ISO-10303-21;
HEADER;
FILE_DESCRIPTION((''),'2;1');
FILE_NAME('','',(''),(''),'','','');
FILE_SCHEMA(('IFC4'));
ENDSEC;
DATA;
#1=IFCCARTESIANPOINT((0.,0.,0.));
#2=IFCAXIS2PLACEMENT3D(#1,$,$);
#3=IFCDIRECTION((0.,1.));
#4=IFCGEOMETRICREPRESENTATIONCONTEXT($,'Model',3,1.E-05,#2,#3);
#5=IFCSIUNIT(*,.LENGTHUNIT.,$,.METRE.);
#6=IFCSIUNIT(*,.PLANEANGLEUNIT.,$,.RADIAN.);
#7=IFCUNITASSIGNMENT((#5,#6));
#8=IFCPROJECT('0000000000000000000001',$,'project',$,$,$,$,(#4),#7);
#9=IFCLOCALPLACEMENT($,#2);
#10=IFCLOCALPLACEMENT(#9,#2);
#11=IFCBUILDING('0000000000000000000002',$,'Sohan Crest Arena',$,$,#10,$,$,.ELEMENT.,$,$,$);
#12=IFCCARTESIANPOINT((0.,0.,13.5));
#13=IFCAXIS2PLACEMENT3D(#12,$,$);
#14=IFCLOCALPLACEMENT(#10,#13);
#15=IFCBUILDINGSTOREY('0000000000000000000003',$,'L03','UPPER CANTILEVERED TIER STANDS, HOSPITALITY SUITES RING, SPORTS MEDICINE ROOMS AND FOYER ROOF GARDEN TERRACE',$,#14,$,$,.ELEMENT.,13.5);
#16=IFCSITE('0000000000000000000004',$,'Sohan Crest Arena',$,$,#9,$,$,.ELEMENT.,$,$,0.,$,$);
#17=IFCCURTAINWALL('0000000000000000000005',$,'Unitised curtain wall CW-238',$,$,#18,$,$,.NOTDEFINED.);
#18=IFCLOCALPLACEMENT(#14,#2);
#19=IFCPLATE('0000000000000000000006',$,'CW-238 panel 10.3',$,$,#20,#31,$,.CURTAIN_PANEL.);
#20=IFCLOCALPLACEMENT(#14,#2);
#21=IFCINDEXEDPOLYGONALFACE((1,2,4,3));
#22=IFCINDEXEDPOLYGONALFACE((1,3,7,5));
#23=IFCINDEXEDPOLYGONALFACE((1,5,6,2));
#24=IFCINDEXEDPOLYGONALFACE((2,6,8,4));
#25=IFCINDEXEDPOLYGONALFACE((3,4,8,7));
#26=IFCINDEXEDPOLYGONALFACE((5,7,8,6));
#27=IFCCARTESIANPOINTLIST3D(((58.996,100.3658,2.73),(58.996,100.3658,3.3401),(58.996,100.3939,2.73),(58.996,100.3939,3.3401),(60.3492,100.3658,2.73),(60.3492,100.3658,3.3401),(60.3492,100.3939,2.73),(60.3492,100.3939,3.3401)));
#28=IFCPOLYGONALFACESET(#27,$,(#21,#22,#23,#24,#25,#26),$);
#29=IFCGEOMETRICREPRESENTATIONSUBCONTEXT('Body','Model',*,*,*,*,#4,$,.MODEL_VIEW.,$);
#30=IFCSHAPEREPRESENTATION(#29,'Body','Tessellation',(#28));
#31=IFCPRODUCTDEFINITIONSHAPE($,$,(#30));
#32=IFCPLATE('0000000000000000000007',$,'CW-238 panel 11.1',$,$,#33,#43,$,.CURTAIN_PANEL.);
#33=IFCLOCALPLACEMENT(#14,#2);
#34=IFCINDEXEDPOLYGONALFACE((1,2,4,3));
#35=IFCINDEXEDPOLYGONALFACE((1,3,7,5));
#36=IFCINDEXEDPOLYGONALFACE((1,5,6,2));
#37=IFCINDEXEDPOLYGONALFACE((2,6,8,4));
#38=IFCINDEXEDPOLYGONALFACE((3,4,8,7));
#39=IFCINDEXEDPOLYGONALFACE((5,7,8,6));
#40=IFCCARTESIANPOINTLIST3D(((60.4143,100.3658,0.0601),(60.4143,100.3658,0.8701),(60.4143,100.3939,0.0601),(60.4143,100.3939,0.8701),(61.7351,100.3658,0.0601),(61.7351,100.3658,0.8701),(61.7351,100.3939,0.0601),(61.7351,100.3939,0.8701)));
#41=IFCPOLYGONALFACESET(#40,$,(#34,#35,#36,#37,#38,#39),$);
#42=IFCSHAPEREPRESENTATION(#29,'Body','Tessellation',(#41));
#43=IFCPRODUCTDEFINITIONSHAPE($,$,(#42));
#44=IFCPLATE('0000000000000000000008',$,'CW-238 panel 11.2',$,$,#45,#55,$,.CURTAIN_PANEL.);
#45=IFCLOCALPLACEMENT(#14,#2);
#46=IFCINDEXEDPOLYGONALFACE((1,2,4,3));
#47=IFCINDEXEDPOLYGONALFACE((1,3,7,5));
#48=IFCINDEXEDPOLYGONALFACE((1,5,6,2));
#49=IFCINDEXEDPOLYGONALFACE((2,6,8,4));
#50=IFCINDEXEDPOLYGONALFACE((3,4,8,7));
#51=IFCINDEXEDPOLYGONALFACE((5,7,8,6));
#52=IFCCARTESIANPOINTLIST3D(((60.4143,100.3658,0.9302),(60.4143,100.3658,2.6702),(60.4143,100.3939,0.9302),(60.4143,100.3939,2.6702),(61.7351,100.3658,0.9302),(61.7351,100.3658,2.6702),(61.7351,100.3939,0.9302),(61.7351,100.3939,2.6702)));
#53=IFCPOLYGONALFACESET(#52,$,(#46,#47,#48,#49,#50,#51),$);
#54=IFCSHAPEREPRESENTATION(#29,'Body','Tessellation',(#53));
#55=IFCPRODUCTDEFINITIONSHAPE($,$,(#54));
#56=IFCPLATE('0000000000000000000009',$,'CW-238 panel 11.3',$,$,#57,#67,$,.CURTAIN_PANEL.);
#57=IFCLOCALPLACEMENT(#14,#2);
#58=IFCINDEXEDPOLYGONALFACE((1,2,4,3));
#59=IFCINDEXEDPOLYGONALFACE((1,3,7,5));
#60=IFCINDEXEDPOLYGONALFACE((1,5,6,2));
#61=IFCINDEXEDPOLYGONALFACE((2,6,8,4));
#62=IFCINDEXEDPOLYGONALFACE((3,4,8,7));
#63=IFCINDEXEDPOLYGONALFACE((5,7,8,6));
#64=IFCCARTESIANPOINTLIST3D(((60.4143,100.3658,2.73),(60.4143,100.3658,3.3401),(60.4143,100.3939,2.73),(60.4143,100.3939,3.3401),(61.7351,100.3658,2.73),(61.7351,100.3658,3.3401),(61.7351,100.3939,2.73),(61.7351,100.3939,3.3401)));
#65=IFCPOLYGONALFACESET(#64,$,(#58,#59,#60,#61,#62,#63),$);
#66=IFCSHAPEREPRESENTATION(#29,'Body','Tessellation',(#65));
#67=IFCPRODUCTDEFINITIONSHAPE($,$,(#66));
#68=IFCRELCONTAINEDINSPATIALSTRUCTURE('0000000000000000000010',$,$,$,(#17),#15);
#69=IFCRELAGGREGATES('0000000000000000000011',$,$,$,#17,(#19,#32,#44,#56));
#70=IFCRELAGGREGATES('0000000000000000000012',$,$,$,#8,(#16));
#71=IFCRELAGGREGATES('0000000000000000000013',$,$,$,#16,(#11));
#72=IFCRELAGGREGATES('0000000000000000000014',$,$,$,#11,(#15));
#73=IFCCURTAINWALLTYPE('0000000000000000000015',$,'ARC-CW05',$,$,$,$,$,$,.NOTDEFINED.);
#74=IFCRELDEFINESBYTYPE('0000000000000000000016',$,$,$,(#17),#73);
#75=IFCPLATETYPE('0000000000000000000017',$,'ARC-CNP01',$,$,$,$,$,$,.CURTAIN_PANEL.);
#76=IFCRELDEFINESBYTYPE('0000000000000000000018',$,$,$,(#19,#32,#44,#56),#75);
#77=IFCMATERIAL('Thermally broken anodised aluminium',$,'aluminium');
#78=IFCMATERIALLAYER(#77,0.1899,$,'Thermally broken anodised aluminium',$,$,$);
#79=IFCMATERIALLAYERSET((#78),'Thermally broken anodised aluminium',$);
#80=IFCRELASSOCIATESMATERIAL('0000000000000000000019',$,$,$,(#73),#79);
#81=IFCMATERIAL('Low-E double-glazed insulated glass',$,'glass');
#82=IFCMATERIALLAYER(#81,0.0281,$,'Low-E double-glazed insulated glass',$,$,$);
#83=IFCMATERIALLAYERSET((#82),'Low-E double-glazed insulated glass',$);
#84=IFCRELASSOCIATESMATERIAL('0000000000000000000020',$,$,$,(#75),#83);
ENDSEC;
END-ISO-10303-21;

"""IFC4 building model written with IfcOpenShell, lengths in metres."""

from ifc_helpers import new_model, si_unit, direction, frame, origin, origin_2d, place, context, subcontext, project, spatial, rectangle, extrude, material, layer, layer_set, type_object, element, aggregate, save


model = new_model("IFC4")

# Units and contexts
model_context = context("Model", 3, precision=1e-05, world=origin(), true_north=direction((0.0, 1.0)))
body_context = subcontext(model_context, "Body", "Model", "MODEL_VIEW")
ifc_project = project(units=[si_unit("LENGTHUNIT", "METRE"), si_unit("PLANEANGLEUNIT", "RADIAN")], contexts=[model_context])

# Site, building, storey
site_placement = place(None, origin())
site = spatial("IfcSite", under=ifc_project, at=site_placement, Name="Sohan Crest Arena", CompositionType="ELEMENT", RefElevation=0.0)
building_placement = place(site_placement, origin())
building = spatial("IfcBuilding", under=site, at=building_placement, Name="Sohan Crest Arena", CompositionType="ELEMENT")
storey_placement = place(building_placement, frame((0.0, 0.0, 13.5)))
storey = spatial("IfcBuildingStorey", under=building, at=storey_placement, Name="L03", Description="UPPER CANTILEVERED TIER STANDS, HOSPITALITY SUITES RING, SPORTS MEDICINE ROOMS AND FOYER ROOF GARDEN TERRACE", CompositionType="ELEMENT", Elevation=13.5)

# Curtain wall
ifc_material_1 = material(Name="Thermally broken anodised aluminium", Category="aluminium")
ifc_layer_1 = layer(ifc_material_1, 0.1899, Name="Thermally broken anodised aluminium")
ifc_layer_set_1 = layer_set([ifc_layer_1], Name="Thermally broken anodised aluminium")
curtain_wall_type_1 = type_object("IfcCurtainWallType", Name="ARC-CW05", PredefinedType="NOTDEFINED", material=ifc_layer_set_1)
curtain_wall_1_placement = place(storey_placement, origin())
curtain_wall_1 = element("IfcCurtainWall", 1, at=curtain_wall_1_placement, inside=storey, type_object=curtain_wall_type_1, Name="Unitised curtain wall CW-238", PredefinedType="NOTDEFINED")

# Plates
ifc_material_2 = material(Name="Low-E double-glazed insulated glass", Category="glass")
ifc_layer_2 = layer(ifc_material_2, 0.0281, Name="Low-E double-glazed insulated glass")
ifc_layer_set_2 = layer_set([ifc_layer_2], Name="Low-E double-glazed insulated glass")
plate_type = type_object("IfcPlateType", Name="ARC-CNP01", PredefinedType="CURTAIN_PANEL", material=ifc_layer_set_2)
plate_1_placement = place(storey_placement, frame((59.6726, 100.3799, 2.73), z_axis=(0.0, 0.0, 1.0), x_axis=(1.0, 0.0, 0.0)))
plate_1 = element("IfcPlate", 2, at=plate_1_placement, type_object=plate_type, Name="CW-238 panel 10.3", PredefinedType="CURTAIN_PANEL", context=body_context, shape_type="SweptSolid", body=[
    extrude(rectangle(XDim=1.3533, YDim=0.0281, at=origin_2d()), origin(), (0.0, 0.0, 1.0), 0.6101),
])
plate_2_placement = place(storey_placement, frame((61.0747, 100.3799, 0.0601), z_axis=(0.0, 0.0, 1.0), x_axis=(1.0, 0.0, 0.0)))
plate_2 = element("IfcPlate", 3, at=plate_2_placement, type_object=plate_type, Name="CW-238 panel 11.1", PredefinedType="CURTAIN_PANEL", context=body_context, shape_type="SweptSolid", body=[
    extrude(rectangle(XDim=1.3208, YDim=0.0281, at=origin_2d()), origin(), (0.0, 0.0, 1.0), 0.8101),
])
plate_3_placement = place(storey_placement, frame((61.0747, 100.3799, 0.9302), z_axis=(0.0, 0.0, 1.0), x_axis=(1.0, 0.0, 0.0)))
plate_3 = element("IfcPlate", 4, at=plate_3_placement, type_object=plate_type, Name="CW-238 panel 11.2", PredefinedType="CURTAIN_PANEL", context=body_context, shape_type="SweptSolid", body=[
    extrude(rectangle(XDim=1.3208, YDim=0.0281, at=origin_2d()), origin(), (0.0, 0.0, 1.0), 1.74),
])
plate_4_placement = place(storey_placement, frame((61.0747, 100.3799, 2.73), z_axis=(0.0, 0.0, 1.0), x_axis=(1.0, 0.0, 0.0)))
plate_4 = element("IfcPlate", 5, at=plate_4_placement, type_object=plate_type, Name="CW-238 panel 11.3", PredefinedType="CURTAIN_PANEL", context=body_context, shape_type="SweptSolid", body=[
    extrude(rectangle(XDim=1.3208, YDim=0.0281, at=origin_2d()), origin(), (0.0, 0.0, 1.0), 0.6101),
])
aggregate(curtain_wall_1, [plate_1, plate_2, plate_3, plate_4])

save(model, "model.ifc")
